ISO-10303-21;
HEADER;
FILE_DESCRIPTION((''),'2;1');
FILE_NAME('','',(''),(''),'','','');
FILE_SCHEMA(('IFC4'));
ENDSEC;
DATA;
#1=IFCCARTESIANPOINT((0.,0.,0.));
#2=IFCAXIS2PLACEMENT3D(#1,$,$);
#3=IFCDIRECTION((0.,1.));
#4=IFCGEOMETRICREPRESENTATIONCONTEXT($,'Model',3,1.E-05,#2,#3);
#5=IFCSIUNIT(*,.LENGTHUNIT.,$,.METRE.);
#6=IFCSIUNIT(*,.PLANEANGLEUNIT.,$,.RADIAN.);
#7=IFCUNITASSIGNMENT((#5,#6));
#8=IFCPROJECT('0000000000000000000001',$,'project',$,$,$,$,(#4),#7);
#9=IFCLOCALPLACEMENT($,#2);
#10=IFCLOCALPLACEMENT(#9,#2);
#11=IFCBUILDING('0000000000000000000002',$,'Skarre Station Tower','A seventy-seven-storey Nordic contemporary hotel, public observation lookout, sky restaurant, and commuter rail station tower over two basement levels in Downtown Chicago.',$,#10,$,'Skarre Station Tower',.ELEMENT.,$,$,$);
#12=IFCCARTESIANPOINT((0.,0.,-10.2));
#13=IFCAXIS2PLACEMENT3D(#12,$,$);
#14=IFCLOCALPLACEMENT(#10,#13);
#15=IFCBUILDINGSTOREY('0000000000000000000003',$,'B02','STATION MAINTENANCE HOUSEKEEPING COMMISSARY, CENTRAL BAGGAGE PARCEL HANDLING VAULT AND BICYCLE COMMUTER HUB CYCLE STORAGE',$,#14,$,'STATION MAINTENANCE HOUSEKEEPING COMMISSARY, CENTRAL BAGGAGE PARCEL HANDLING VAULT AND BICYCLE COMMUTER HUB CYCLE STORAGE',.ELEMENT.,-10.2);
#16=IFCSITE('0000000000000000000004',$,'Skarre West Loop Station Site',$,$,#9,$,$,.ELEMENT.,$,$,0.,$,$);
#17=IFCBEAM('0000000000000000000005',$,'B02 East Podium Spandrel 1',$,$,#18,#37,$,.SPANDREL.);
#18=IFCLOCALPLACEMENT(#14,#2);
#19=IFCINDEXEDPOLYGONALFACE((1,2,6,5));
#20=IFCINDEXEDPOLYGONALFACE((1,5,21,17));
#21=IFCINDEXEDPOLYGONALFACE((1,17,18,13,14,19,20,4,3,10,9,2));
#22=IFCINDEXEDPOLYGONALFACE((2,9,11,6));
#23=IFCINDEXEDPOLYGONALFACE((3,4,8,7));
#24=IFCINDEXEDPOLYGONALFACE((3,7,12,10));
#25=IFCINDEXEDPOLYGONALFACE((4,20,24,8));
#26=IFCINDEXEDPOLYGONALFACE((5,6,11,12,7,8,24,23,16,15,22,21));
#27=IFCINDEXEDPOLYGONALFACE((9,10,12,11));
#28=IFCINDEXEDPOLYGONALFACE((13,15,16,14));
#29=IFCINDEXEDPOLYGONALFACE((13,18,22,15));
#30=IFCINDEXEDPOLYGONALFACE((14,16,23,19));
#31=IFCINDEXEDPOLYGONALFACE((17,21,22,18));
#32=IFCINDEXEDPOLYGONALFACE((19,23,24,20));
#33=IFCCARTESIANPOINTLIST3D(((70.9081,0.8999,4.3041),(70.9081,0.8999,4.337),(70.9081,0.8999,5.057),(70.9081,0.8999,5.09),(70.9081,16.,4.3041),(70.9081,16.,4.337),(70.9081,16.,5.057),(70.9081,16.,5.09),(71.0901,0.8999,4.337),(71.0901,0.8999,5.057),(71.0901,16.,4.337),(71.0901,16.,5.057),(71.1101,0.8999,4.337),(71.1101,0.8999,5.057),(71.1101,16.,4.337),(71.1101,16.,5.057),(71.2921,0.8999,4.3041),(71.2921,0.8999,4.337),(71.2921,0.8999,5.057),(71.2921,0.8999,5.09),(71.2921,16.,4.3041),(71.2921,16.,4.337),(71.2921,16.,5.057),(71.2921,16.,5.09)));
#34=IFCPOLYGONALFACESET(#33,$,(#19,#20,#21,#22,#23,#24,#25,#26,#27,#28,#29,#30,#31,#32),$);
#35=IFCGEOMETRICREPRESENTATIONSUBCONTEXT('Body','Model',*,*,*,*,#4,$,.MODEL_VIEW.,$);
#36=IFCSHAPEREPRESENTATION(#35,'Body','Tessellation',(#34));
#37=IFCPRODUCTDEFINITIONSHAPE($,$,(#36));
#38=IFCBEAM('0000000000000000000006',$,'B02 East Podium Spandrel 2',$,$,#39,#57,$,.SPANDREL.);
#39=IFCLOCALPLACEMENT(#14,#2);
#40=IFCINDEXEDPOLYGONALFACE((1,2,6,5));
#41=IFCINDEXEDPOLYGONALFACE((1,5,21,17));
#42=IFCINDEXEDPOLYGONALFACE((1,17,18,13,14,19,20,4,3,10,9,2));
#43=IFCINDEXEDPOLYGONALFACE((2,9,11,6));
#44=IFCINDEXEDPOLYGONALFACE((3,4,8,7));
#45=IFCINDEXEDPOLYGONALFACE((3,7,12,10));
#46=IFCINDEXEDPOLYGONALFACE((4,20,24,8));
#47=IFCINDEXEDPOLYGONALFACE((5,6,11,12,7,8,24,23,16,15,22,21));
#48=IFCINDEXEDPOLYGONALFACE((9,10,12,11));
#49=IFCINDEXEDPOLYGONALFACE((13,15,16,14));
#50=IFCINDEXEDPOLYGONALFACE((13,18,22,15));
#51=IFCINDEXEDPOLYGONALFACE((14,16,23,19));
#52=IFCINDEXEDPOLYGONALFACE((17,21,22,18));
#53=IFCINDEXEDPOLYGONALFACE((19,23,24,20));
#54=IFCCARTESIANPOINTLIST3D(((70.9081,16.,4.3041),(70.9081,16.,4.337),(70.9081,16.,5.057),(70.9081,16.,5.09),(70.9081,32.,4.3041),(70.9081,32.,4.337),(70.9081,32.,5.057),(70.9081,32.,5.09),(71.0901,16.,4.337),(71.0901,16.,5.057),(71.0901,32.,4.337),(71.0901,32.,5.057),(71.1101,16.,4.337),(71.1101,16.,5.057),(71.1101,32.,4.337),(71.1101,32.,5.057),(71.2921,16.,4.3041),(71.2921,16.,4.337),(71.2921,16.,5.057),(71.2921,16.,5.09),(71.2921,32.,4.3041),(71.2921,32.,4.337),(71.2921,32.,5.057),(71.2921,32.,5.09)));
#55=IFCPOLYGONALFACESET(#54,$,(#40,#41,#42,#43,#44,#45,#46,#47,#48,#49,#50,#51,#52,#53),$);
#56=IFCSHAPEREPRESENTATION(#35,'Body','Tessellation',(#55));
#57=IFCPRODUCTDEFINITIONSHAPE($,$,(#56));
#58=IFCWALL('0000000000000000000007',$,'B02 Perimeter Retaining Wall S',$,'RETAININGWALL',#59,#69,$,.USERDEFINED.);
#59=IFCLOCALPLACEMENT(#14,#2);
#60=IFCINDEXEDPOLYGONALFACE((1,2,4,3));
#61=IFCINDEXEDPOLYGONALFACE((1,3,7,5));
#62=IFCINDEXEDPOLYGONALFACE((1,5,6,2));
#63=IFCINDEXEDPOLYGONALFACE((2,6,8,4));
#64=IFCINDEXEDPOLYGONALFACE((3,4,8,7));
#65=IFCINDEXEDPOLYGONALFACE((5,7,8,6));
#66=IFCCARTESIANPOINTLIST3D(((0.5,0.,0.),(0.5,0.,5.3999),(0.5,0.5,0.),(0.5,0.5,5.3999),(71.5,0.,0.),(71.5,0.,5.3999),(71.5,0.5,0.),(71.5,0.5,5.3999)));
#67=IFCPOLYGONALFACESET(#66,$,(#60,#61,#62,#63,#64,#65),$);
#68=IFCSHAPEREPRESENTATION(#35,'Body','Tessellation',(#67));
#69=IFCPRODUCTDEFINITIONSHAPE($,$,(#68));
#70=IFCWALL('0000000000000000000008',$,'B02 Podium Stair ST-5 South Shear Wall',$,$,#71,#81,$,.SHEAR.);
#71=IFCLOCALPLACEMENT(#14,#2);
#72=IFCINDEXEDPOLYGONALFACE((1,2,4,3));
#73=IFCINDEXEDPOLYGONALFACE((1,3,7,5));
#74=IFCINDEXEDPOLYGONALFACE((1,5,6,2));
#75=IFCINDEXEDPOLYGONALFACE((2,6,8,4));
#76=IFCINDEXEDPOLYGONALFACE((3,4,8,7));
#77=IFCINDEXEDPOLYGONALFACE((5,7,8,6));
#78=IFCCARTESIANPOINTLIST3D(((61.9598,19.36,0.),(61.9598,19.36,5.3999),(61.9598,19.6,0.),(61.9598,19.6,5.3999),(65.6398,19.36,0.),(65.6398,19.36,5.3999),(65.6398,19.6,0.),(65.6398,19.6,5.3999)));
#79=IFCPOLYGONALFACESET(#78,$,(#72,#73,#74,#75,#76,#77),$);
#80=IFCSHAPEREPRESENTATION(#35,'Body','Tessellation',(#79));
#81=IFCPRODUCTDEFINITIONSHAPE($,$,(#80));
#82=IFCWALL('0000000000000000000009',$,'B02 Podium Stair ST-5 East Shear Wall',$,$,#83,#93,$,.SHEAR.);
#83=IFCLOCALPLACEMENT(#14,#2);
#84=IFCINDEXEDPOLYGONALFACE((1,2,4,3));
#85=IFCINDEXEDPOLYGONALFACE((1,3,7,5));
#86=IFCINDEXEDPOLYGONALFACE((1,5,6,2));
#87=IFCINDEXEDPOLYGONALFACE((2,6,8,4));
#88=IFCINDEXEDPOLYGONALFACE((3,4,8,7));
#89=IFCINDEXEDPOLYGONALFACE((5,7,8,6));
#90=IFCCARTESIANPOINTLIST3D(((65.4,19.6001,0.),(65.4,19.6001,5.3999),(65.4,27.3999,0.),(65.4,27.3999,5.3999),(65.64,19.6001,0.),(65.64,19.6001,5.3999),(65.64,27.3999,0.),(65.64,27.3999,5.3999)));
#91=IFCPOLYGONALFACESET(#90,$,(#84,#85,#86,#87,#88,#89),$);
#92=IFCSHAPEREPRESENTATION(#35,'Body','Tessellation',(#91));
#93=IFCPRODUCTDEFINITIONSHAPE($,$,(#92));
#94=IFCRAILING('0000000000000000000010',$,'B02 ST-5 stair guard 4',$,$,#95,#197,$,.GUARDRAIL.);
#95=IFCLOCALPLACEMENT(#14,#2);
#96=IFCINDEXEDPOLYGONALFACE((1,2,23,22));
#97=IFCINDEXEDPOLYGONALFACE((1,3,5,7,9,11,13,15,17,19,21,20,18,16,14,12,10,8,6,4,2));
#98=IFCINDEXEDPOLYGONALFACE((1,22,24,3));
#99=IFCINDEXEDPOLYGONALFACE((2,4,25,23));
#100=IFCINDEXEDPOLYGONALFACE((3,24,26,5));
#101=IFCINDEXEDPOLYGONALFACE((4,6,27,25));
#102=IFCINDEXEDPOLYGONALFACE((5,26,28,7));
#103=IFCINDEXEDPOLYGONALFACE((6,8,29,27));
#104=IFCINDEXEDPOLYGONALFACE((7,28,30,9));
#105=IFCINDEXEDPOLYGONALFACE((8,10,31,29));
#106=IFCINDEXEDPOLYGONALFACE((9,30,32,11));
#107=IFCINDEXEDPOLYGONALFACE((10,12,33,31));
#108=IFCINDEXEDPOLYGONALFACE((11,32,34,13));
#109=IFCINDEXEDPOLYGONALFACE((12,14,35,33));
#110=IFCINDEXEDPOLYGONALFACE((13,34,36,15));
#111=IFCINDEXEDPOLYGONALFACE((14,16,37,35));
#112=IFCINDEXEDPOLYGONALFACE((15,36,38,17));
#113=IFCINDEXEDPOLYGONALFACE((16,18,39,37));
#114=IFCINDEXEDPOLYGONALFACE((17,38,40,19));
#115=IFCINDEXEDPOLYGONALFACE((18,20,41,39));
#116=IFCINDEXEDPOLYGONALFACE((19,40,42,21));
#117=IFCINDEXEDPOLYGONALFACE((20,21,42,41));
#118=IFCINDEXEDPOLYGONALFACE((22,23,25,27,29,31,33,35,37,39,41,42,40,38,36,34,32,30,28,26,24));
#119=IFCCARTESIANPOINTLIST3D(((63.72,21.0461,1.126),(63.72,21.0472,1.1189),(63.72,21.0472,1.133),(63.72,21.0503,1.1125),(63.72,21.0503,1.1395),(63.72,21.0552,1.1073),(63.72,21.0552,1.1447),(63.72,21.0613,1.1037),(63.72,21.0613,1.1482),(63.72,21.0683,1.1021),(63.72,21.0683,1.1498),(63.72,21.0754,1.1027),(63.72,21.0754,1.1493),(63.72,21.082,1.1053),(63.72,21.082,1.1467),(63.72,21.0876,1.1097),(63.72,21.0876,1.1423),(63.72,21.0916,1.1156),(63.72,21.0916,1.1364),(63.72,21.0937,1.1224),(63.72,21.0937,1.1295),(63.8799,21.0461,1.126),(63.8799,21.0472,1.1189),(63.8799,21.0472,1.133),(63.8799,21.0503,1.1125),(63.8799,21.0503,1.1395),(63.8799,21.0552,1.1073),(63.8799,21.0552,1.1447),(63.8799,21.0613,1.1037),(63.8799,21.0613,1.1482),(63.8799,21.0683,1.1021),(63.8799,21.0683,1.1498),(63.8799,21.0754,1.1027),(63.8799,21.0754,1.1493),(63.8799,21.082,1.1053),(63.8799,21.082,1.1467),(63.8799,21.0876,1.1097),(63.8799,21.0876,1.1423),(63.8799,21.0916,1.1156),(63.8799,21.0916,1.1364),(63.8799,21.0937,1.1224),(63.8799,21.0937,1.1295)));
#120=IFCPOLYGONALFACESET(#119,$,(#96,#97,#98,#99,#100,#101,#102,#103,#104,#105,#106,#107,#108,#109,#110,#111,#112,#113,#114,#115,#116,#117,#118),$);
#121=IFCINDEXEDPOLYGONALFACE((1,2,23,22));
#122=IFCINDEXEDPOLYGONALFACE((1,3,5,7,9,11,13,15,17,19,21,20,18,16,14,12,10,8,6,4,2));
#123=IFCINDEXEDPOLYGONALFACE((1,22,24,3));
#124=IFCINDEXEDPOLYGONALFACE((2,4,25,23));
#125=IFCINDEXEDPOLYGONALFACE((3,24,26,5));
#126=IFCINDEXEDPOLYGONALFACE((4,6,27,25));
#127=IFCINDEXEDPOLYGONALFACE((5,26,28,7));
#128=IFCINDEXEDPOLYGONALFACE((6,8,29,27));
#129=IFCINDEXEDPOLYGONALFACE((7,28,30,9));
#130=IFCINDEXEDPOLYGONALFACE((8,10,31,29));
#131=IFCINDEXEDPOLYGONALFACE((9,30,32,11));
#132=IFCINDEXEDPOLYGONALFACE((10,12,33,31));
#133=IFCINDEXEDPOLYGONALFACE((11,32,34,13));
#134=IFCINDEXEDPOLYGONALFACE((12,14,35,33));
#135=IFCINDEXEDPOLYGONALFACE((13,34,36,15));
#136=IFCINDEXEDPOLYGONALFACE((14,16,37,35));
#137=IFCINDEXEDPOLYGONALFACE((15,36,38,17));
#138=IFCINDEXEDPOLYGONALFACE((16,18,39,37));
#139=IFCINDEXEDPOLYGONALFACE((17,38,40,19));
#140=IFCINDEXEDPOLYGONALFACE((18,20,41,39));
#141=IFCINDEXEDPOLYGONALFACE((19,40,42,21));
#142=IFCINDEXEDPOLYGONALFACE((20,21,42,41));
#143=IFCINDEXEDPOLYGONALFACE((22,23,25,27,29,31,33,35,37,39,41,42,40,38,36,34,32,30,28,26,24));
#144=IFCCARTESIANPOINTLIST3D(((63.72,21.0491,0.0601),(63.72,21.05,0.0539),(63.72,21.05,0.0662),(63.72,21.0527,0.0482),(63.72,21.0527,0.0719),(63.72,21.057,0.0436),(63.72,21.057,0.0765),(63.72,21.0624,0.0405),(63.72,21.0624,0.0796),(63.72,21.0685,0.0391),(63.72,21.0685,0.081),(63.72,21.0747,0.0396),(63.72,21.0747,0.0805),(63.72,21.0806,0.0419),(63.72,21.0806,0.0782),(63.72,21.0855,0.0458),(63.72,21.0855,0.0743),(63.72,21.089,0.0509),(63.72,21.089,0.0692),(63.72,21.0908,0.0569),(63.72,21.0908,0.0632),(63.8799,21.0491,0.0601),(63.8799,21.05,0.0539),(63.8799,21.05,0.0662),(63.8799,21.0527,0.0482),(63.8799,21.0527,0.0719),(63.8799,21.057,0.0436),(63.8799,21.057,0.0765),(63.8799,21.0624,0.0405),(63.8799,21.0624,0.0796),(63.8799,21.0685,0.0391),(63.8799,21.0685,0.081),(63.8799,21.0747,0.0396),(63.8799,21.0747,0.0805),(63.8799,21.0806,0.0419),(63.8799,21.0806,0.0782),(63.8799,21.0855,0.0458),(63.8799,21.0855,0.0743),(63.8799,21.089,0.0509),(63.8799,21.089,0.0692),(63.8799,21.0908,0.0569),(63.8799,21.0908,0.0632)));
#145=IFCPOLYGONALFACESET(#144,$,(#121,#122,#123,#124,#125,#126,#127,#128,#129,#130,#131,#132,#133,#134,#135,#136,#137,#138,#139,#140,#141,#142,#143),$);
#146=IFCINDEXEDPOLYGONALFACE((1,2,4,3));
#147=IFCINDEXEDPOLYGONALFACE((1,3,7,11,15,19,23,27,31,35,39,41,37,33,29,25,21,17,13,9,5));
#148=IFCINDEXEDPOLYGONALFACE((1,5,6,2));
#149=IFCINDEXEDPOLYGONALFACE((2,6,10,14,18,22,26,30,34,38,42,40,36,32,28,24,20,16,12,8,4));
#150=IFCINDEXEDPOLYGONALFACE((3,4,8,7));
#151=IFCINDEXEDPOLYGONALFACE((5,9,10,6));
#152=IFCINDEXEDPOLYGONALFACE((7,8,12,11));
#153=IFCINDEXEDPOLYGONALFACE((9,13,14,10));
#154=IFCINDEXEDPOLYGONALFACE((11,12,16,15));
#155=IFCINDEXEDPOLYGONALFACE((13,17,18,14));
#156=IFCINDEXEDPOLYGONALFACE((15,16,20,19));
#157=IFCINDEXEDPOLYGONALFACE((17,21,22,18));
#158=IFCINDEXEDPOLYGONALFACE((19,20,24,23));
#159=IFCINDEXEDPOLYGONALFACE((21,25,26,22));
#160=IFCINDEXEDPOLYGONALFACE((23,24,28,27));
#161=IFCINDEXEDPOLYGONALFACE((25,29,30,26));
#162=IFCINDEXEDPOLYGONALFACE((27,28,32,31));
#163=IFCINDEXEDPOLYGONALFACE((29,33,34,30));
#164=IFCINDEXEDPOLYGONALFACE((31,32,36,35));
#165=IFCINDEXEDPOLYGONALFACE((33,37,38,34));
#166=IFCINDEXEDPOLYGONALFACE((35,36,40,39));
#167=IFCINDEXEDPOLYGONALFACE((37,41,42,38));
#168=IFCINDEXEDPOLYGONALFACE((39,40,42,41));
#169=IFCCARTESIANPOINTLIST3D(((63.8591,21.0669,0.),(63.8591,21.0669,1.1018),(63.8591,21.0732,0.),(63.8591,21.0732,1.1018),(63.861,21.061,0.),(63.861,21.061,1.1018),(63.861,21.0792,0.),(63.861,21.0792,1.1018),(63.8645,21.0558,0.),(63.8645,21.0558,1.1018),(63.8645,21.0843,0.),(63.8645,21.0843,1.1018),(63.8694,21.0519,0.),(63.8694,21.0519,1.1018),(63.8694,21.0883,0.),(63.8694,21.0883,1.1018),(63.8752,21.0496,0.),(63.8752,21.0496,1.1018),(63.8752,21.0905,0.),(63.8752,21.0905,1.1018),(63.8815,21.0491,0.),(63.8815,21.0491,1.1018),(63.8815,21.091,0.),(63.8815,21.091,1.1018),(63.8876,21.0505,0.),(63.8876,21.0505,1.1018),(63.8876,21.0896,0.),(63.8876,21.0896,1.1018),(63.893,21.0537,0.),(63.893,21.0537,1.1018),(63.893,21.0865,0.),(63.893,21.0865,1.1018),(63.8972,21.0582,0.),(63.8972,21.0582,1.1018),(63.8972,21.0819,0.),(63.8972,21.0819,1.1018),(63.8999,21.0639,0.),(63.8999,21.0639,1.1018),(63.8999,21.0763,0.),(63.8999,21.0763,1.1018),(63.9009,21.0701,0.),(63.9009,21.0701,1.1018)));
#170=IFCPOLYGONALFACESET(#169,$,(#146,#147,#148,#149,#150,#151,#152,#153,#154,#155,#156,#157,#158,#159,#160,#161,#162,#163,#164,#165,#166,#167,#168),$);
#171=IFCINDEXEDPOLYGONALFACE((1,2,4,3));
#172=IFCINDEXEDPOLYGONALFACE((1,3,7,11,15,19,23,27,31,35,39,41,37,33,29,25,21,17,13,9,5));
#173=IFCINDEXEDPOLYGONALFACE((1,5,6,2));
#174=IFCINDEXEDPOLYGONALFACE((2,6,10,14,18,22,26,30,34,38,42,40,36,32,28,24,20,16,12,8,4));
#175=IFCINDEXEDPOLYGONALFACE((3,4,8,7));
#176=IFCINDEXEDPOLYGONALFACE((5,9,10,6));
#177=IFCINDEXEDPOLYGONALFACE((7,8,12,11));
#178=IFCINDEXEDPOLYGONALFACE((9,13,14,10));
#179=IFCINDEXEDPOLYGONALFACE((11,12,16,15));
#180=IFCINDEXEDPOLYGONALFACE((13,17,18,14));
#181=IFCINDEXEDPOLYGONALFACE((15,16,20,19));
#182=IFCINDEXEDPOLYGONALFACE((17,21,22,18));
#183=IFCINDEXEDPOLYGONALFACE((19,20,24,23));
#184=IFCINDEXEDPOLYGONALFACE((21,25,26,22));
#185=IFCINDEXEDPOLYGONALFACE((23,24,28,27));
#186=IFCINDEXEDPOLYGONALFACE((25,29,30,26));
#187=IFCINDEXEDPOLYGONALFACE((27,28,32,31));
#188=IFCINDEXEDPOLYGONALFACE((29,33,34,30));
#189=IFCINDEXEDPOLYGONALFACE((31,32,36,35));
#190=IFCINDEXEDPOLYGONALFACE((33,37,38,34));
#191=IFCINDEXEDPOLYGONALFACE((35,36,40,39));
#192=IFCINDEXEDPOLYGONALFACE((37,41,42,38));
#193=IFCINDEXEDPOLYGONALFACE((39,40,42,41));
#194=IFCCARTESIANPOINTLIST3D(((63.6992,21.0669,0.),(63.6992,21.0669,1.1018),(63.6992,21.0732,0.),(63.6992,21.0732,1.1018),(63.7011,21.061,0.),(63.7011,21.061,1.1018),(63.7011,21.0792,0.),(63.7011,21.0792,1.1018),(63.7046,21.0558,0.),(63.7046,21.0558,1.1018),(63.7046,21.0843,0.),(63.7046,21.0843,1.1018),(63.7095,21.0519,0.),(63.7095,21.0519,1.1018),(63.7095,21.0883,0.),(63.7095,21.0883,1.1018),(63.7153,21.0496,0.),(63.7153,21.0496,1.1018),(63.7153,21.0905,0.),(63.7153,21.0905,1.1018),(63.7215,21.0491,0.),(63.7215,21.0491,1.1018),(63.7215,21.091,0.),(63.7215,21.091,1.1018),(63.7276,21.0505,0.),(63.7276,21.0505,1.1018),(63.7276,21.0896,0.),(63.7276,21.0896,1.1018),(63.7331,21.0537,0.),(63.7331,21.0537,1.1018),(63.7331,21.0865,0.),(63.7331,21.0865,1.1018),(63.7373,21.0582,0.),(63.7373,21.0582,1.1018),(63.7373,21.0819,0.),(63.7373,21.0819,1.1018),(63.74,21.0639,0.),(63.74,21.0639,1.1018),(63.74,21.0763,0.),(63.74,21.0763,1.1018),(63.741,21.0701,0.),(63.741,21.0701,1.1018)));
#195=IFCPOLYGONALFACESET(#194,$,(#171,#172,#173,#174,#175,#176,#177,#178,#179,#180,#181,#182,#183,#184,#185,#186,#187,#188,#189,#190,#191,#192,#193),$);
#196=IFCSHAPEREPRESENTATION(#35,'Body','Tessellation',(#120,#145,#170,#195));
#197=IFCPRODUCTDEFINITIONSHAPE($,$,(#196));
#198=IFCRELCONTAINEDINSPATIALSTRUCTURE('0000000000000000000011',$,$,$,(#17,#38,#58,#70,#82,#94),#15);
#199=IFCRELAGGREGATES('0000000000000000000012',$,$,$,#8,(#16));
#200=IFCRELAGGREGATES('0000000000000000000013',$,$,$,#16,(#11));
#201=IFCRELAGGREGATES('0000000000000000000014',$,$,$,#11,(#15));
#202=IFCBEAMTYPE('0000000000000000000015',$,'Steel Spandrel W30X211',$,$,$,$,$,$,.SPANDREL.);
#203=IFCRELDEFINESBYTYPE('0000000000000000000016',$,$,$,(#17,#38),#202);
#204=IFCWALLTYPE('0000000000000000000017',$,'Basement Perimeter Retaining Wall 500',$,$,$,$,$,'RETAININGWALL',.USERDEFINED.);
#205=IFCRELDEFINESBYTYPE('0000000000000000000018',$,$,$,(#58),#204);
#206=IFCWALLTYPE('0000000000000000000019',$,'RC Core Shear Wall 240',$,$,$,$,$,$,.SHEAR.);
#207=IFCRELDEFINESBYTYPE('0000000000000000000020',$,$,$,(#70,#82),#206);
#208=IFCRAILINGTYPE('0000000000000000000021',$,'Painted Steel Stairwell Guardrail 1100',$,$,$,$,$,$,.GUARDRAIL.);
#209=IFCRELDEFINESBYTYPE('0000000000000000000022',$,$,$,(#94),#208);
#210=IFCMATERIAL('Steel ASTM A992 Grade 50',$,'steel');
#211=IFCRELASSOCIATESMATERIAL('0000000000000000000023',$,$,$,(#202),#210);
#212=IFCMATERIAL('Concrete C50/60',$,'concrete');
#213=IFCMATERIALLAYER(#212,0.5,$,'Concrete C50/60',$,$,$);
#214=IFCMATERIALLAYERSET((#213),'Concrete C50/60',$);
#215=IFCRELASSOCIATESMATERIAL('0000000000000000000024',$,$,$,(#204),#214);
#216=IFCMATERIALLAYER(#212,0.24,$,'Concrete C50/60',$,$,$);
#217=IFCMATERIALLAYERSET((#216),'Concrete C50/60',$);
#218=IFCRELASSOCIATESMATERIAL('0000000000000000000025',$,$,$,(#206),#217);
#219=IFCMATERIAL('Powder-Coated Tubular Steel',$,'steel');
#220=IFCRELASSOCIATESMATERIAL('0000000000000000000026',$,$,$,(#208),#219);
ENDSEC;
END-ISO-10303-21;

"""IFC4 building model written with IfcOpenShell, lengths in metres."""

from ifc_helpers import new_model, si_unit, direction, frame, frame_2d, origin, origin_2d, place, context, subcontext, project, spatial, rectangle, circle, i_section, extrude, material, layer, layer_set, material_profile, profile_set, type_object, element, save


model = new_model("IFC4")

# Units and contexts
model_context = context("Model", 3, precision=1e-05, world=origin(), true_north=direction((0.0, 1.0)))
body_context = subcontext(model_context, "Body", "Model", "MODEL_VIEW")
ifc_project = project(units=[si_unit("LENGTHUNIT", "METRE"), si_unit("PLANEANGLEUNIT", "RADIAN")], contexts=[model_context])

# Site, building, storey
site_placement = place(None, origin())
site = spatial("IfcSite", under=ifc_project, at=site_placement, Name="Skarre West Loop Station Site", CompositionType="ELEMENT", RefElevation=0.0)
building_placement = place(site_placement, origin())
building = spatial("IfcBuilding", under=site, at=building_placement, Name="Skarre Station Tower", Description="A seventy-seven-storey Nordic contemporary hotel, public observation lookout, sky restaurant, and commuter rail station tower over two basement levels in Downtown Chicago.", LongName="Skarre Station Tower", CompositionType="ELEMENT")
storey_placement = place(building_placement, frame((0.0, 0.0, -10.2)))
storey = spatial("IfcBuildingStorey", under=building, at=storey_placement, Name="B02", Description="STATION MAINTENANCE HOUSEKEEPING COMMISSARY, CENTRAL BAGGAGE PARCEL HANDLING VAULT AND BICYCLE COMMUTER HUB CYCLE STORAGE", LongName="STATION MAINTENANCE HOUSEKEEPING COMMISSARY, CENTRAL BAGGAGE PARCEL HANDLING VAULT AND BICYCLE COMMUTER HUB CYCLE STORAGE", CompositionType="ELEMENT", Elevation=-10.2)

# Shared definitions
ifc_material_1 = material(Name="Concrete C50/60", Category="concrete")

# Beams
ifc_material_2 = material(Name="Steel ASTM A992 Grade 50", Category="steel")
ifc_material_profile_1 = material_profile(ifc_material_2, i_section(OverallWidth=0.384, OverallDepth=0.7859, WebThickness=0.02, FlangeThickness=0.033, at=origin_2d()), Name="Steel ASTM A992 Grade 50")
ifc_profile_set_1 = profile_set([ifc_material_profile_1], Name="Steel ASTM A992 Grade 50")
beam_type_1 = type_object("IfcBeamType", Name="Steel Spandrel W30X211", PredefinedType="SPANDREL", material=ifc_profile_set_1)
beam_1_placement = place(storey_placement, frame((71.1001, 0.8999, 4.697), z_axis=(0.0, 1.0, 0.0), x_axis=(-1.0, 0.0, 0.0)))
element("IfcBeam", 1, at=beam_1_placement, inside=storey, type_object=beam_type_1, Name="B02 East Podium Spandrel 1", PredefinedType="SPANDREL", context=body_context, shape_type="SweptSolid", body=[
    extrude(i_section(OverallWidth=0.384, OverallDepth=0.7859, WebThickness=0.02, FlangeThickness=0.033, at=origin_2d()), origin(), (0.0, 0.0, 1.0), 15.1001),
])
beam_2_placement = place(storey_placement, frame((71.1001, 16.0, 4.697), z_axis=(0.0, 1.0, 0.0), x_axis=(-1.0, 0.0, 0.0)))
element("IfcBeam", 2, at=beam_2_placement, inside=storey, type_object=beam_type_1, Name="B02 East Podium Spandrel 2", PredefinedType="SPANDREL", context=body_context, shape_type="SweptSolid", body=[
    extrude(i_section(OverallWidth=0.384, OverallDepth=0.7859, WebThickness=0.02, FlangeThickness=0.033, at=origin_2d()), origin(), (0.0, 0.0, 1.0), 16.0),
])

# Walls
ifc_layer_1 = layer(ifc_material_1, 0.5, Name="Concrete C50/60")
ifc_layer_set_1 = layer_set([ifc_layer_1], Name="Concrete C50/60")
wall_type_1 = type_object("IfcWallType", Name="Basement Perimeter Retaining Wall 500", ElementType="RETAININGWALL", PredefinedType="USERDEFINED", material=ifc_layer_set_1)
wall_1_placement = place(storey_placement, frame((71.5, 0.25, 0.0), z_axis=(0.0, 0.0, 1.0), x_axis=(-1.0, 0.0, 0.0)))
element("IfcWall", 3, at=wall_1_placement, inside=storey, type_object=wall_type_1, Name="B02 Perimeter Retaining Wall S", ObjectType="RETAININGWALL", PredefinedType="USERDEFINED", context=body_context, shape_type="SweptSolid", body=[
    extrude(rectangle(XDim=71.0, YDim=0.5, at=frame_2d((35.5, 0.0))), origin(), (0.0, 0.0, 1.0), 5.3999),
])
ifc_layer_2 = layer(ifc_material_1, 0.24, Name="Concrete C50/60")
ifc_layer_set_2 = layer_set([ifc_layer_2], Name="Concrete C50/60")
wall_type_2 = type_object("IfcWallType", Name="RC Core Shear Wall 240", PredefinedType="SHEAR", material=ifc_layer_set_2)
wall_2_placement = place(storey_placement, frame((61.96, 19.48, 0.0), z_axis=(0.0, 0.0, 1.0), x_axis=(1.0, 0.0, 0.0)))
element("IfcWall", 4, at=wall_2_placement, inside=storey, type_object=wall_type_2, Name="B02 Podium Stair ST-5 South Shear Wall", PredefinedType="SHEAR", context=body_context, shape_type="SweptSolid", body=[
    extrude(rectangle(XDim=3.6799, YDim=0.24, at=frame_2d((1.8398, 0.0))), origin(), (0.0, 0.0, 1.0), 5.3999),
])
wall_3_placement = place(storey_placement, frame((65.52, 19.6001, 0.0), z_axis=(0.0, 0.0, 1.0), x_axis=(0.0, 1.0, 0.0)))
element("IfcWall", 5, at=wall_3_placement, inside=storey, type_object=wall_type_2, Name="B02 Podium Stair ST-5 East Shear Wall", PredefinedType="SHEAR", context=body_context, shape_type="SweptSolid", body=[
    extrude(rectangle(XDim=7.7998, YDim=0.24, at=frame_2d((3.8999, 0.0))), origin(), (0.0, 0.0, 1.0), 5.3999),
])

# Railing
ifc_material_3 = material(Name="Powder-Coated Tubular Steel", Category="steel")
railing_type = type_object("IfcRailingType", Name="Painted Steel Stairwell Guardrail 1100", PredefinedType="GUARDRAIL", material=ifc_material_3)
railing_placement = place(storey_placement, frame((63.8799, 21.0701, 0.0)))
element("IfcRailing", 6, at=railing_placement, inside=storey, type_object=railing_type, Name="B02 ST-5 stair guard 4", PredefinedType="GUARDRAIL", context=body_context, shape_type="SweptSolid", body=[
    extrude(circle(Radius=0.0239, at=origin_2d()), frame((0.0, 0.0, 1.126), z_axis=(-1.0, 0.0, 0.0), x_axis=(0.0, -1.0, 0.0)), (0.0, 0.0, 1.0), 0.1599),
    extrude(circle(Radius=0.021, at=origin_2d()), frame((0.0, 0.0, 0.0601), z_axis=(-1.0, 0.0, 0.0), x_axis=(0.0, -1.0, 0.0)), (0.0, 0.0, 1.0), 0.1599),
    extrude(circle(Radius=0.021, at=origin_2d()), origin(), (0.0, 0.0, 1.0), 1.1018),
    extrude(circle(Radius=0.021, at=origin_2d()), frame((-0.1599, 0.0, 0.0)), (0.0, 0.0, 1.0), 1.1018),
])

save(model, "model.ifc")
